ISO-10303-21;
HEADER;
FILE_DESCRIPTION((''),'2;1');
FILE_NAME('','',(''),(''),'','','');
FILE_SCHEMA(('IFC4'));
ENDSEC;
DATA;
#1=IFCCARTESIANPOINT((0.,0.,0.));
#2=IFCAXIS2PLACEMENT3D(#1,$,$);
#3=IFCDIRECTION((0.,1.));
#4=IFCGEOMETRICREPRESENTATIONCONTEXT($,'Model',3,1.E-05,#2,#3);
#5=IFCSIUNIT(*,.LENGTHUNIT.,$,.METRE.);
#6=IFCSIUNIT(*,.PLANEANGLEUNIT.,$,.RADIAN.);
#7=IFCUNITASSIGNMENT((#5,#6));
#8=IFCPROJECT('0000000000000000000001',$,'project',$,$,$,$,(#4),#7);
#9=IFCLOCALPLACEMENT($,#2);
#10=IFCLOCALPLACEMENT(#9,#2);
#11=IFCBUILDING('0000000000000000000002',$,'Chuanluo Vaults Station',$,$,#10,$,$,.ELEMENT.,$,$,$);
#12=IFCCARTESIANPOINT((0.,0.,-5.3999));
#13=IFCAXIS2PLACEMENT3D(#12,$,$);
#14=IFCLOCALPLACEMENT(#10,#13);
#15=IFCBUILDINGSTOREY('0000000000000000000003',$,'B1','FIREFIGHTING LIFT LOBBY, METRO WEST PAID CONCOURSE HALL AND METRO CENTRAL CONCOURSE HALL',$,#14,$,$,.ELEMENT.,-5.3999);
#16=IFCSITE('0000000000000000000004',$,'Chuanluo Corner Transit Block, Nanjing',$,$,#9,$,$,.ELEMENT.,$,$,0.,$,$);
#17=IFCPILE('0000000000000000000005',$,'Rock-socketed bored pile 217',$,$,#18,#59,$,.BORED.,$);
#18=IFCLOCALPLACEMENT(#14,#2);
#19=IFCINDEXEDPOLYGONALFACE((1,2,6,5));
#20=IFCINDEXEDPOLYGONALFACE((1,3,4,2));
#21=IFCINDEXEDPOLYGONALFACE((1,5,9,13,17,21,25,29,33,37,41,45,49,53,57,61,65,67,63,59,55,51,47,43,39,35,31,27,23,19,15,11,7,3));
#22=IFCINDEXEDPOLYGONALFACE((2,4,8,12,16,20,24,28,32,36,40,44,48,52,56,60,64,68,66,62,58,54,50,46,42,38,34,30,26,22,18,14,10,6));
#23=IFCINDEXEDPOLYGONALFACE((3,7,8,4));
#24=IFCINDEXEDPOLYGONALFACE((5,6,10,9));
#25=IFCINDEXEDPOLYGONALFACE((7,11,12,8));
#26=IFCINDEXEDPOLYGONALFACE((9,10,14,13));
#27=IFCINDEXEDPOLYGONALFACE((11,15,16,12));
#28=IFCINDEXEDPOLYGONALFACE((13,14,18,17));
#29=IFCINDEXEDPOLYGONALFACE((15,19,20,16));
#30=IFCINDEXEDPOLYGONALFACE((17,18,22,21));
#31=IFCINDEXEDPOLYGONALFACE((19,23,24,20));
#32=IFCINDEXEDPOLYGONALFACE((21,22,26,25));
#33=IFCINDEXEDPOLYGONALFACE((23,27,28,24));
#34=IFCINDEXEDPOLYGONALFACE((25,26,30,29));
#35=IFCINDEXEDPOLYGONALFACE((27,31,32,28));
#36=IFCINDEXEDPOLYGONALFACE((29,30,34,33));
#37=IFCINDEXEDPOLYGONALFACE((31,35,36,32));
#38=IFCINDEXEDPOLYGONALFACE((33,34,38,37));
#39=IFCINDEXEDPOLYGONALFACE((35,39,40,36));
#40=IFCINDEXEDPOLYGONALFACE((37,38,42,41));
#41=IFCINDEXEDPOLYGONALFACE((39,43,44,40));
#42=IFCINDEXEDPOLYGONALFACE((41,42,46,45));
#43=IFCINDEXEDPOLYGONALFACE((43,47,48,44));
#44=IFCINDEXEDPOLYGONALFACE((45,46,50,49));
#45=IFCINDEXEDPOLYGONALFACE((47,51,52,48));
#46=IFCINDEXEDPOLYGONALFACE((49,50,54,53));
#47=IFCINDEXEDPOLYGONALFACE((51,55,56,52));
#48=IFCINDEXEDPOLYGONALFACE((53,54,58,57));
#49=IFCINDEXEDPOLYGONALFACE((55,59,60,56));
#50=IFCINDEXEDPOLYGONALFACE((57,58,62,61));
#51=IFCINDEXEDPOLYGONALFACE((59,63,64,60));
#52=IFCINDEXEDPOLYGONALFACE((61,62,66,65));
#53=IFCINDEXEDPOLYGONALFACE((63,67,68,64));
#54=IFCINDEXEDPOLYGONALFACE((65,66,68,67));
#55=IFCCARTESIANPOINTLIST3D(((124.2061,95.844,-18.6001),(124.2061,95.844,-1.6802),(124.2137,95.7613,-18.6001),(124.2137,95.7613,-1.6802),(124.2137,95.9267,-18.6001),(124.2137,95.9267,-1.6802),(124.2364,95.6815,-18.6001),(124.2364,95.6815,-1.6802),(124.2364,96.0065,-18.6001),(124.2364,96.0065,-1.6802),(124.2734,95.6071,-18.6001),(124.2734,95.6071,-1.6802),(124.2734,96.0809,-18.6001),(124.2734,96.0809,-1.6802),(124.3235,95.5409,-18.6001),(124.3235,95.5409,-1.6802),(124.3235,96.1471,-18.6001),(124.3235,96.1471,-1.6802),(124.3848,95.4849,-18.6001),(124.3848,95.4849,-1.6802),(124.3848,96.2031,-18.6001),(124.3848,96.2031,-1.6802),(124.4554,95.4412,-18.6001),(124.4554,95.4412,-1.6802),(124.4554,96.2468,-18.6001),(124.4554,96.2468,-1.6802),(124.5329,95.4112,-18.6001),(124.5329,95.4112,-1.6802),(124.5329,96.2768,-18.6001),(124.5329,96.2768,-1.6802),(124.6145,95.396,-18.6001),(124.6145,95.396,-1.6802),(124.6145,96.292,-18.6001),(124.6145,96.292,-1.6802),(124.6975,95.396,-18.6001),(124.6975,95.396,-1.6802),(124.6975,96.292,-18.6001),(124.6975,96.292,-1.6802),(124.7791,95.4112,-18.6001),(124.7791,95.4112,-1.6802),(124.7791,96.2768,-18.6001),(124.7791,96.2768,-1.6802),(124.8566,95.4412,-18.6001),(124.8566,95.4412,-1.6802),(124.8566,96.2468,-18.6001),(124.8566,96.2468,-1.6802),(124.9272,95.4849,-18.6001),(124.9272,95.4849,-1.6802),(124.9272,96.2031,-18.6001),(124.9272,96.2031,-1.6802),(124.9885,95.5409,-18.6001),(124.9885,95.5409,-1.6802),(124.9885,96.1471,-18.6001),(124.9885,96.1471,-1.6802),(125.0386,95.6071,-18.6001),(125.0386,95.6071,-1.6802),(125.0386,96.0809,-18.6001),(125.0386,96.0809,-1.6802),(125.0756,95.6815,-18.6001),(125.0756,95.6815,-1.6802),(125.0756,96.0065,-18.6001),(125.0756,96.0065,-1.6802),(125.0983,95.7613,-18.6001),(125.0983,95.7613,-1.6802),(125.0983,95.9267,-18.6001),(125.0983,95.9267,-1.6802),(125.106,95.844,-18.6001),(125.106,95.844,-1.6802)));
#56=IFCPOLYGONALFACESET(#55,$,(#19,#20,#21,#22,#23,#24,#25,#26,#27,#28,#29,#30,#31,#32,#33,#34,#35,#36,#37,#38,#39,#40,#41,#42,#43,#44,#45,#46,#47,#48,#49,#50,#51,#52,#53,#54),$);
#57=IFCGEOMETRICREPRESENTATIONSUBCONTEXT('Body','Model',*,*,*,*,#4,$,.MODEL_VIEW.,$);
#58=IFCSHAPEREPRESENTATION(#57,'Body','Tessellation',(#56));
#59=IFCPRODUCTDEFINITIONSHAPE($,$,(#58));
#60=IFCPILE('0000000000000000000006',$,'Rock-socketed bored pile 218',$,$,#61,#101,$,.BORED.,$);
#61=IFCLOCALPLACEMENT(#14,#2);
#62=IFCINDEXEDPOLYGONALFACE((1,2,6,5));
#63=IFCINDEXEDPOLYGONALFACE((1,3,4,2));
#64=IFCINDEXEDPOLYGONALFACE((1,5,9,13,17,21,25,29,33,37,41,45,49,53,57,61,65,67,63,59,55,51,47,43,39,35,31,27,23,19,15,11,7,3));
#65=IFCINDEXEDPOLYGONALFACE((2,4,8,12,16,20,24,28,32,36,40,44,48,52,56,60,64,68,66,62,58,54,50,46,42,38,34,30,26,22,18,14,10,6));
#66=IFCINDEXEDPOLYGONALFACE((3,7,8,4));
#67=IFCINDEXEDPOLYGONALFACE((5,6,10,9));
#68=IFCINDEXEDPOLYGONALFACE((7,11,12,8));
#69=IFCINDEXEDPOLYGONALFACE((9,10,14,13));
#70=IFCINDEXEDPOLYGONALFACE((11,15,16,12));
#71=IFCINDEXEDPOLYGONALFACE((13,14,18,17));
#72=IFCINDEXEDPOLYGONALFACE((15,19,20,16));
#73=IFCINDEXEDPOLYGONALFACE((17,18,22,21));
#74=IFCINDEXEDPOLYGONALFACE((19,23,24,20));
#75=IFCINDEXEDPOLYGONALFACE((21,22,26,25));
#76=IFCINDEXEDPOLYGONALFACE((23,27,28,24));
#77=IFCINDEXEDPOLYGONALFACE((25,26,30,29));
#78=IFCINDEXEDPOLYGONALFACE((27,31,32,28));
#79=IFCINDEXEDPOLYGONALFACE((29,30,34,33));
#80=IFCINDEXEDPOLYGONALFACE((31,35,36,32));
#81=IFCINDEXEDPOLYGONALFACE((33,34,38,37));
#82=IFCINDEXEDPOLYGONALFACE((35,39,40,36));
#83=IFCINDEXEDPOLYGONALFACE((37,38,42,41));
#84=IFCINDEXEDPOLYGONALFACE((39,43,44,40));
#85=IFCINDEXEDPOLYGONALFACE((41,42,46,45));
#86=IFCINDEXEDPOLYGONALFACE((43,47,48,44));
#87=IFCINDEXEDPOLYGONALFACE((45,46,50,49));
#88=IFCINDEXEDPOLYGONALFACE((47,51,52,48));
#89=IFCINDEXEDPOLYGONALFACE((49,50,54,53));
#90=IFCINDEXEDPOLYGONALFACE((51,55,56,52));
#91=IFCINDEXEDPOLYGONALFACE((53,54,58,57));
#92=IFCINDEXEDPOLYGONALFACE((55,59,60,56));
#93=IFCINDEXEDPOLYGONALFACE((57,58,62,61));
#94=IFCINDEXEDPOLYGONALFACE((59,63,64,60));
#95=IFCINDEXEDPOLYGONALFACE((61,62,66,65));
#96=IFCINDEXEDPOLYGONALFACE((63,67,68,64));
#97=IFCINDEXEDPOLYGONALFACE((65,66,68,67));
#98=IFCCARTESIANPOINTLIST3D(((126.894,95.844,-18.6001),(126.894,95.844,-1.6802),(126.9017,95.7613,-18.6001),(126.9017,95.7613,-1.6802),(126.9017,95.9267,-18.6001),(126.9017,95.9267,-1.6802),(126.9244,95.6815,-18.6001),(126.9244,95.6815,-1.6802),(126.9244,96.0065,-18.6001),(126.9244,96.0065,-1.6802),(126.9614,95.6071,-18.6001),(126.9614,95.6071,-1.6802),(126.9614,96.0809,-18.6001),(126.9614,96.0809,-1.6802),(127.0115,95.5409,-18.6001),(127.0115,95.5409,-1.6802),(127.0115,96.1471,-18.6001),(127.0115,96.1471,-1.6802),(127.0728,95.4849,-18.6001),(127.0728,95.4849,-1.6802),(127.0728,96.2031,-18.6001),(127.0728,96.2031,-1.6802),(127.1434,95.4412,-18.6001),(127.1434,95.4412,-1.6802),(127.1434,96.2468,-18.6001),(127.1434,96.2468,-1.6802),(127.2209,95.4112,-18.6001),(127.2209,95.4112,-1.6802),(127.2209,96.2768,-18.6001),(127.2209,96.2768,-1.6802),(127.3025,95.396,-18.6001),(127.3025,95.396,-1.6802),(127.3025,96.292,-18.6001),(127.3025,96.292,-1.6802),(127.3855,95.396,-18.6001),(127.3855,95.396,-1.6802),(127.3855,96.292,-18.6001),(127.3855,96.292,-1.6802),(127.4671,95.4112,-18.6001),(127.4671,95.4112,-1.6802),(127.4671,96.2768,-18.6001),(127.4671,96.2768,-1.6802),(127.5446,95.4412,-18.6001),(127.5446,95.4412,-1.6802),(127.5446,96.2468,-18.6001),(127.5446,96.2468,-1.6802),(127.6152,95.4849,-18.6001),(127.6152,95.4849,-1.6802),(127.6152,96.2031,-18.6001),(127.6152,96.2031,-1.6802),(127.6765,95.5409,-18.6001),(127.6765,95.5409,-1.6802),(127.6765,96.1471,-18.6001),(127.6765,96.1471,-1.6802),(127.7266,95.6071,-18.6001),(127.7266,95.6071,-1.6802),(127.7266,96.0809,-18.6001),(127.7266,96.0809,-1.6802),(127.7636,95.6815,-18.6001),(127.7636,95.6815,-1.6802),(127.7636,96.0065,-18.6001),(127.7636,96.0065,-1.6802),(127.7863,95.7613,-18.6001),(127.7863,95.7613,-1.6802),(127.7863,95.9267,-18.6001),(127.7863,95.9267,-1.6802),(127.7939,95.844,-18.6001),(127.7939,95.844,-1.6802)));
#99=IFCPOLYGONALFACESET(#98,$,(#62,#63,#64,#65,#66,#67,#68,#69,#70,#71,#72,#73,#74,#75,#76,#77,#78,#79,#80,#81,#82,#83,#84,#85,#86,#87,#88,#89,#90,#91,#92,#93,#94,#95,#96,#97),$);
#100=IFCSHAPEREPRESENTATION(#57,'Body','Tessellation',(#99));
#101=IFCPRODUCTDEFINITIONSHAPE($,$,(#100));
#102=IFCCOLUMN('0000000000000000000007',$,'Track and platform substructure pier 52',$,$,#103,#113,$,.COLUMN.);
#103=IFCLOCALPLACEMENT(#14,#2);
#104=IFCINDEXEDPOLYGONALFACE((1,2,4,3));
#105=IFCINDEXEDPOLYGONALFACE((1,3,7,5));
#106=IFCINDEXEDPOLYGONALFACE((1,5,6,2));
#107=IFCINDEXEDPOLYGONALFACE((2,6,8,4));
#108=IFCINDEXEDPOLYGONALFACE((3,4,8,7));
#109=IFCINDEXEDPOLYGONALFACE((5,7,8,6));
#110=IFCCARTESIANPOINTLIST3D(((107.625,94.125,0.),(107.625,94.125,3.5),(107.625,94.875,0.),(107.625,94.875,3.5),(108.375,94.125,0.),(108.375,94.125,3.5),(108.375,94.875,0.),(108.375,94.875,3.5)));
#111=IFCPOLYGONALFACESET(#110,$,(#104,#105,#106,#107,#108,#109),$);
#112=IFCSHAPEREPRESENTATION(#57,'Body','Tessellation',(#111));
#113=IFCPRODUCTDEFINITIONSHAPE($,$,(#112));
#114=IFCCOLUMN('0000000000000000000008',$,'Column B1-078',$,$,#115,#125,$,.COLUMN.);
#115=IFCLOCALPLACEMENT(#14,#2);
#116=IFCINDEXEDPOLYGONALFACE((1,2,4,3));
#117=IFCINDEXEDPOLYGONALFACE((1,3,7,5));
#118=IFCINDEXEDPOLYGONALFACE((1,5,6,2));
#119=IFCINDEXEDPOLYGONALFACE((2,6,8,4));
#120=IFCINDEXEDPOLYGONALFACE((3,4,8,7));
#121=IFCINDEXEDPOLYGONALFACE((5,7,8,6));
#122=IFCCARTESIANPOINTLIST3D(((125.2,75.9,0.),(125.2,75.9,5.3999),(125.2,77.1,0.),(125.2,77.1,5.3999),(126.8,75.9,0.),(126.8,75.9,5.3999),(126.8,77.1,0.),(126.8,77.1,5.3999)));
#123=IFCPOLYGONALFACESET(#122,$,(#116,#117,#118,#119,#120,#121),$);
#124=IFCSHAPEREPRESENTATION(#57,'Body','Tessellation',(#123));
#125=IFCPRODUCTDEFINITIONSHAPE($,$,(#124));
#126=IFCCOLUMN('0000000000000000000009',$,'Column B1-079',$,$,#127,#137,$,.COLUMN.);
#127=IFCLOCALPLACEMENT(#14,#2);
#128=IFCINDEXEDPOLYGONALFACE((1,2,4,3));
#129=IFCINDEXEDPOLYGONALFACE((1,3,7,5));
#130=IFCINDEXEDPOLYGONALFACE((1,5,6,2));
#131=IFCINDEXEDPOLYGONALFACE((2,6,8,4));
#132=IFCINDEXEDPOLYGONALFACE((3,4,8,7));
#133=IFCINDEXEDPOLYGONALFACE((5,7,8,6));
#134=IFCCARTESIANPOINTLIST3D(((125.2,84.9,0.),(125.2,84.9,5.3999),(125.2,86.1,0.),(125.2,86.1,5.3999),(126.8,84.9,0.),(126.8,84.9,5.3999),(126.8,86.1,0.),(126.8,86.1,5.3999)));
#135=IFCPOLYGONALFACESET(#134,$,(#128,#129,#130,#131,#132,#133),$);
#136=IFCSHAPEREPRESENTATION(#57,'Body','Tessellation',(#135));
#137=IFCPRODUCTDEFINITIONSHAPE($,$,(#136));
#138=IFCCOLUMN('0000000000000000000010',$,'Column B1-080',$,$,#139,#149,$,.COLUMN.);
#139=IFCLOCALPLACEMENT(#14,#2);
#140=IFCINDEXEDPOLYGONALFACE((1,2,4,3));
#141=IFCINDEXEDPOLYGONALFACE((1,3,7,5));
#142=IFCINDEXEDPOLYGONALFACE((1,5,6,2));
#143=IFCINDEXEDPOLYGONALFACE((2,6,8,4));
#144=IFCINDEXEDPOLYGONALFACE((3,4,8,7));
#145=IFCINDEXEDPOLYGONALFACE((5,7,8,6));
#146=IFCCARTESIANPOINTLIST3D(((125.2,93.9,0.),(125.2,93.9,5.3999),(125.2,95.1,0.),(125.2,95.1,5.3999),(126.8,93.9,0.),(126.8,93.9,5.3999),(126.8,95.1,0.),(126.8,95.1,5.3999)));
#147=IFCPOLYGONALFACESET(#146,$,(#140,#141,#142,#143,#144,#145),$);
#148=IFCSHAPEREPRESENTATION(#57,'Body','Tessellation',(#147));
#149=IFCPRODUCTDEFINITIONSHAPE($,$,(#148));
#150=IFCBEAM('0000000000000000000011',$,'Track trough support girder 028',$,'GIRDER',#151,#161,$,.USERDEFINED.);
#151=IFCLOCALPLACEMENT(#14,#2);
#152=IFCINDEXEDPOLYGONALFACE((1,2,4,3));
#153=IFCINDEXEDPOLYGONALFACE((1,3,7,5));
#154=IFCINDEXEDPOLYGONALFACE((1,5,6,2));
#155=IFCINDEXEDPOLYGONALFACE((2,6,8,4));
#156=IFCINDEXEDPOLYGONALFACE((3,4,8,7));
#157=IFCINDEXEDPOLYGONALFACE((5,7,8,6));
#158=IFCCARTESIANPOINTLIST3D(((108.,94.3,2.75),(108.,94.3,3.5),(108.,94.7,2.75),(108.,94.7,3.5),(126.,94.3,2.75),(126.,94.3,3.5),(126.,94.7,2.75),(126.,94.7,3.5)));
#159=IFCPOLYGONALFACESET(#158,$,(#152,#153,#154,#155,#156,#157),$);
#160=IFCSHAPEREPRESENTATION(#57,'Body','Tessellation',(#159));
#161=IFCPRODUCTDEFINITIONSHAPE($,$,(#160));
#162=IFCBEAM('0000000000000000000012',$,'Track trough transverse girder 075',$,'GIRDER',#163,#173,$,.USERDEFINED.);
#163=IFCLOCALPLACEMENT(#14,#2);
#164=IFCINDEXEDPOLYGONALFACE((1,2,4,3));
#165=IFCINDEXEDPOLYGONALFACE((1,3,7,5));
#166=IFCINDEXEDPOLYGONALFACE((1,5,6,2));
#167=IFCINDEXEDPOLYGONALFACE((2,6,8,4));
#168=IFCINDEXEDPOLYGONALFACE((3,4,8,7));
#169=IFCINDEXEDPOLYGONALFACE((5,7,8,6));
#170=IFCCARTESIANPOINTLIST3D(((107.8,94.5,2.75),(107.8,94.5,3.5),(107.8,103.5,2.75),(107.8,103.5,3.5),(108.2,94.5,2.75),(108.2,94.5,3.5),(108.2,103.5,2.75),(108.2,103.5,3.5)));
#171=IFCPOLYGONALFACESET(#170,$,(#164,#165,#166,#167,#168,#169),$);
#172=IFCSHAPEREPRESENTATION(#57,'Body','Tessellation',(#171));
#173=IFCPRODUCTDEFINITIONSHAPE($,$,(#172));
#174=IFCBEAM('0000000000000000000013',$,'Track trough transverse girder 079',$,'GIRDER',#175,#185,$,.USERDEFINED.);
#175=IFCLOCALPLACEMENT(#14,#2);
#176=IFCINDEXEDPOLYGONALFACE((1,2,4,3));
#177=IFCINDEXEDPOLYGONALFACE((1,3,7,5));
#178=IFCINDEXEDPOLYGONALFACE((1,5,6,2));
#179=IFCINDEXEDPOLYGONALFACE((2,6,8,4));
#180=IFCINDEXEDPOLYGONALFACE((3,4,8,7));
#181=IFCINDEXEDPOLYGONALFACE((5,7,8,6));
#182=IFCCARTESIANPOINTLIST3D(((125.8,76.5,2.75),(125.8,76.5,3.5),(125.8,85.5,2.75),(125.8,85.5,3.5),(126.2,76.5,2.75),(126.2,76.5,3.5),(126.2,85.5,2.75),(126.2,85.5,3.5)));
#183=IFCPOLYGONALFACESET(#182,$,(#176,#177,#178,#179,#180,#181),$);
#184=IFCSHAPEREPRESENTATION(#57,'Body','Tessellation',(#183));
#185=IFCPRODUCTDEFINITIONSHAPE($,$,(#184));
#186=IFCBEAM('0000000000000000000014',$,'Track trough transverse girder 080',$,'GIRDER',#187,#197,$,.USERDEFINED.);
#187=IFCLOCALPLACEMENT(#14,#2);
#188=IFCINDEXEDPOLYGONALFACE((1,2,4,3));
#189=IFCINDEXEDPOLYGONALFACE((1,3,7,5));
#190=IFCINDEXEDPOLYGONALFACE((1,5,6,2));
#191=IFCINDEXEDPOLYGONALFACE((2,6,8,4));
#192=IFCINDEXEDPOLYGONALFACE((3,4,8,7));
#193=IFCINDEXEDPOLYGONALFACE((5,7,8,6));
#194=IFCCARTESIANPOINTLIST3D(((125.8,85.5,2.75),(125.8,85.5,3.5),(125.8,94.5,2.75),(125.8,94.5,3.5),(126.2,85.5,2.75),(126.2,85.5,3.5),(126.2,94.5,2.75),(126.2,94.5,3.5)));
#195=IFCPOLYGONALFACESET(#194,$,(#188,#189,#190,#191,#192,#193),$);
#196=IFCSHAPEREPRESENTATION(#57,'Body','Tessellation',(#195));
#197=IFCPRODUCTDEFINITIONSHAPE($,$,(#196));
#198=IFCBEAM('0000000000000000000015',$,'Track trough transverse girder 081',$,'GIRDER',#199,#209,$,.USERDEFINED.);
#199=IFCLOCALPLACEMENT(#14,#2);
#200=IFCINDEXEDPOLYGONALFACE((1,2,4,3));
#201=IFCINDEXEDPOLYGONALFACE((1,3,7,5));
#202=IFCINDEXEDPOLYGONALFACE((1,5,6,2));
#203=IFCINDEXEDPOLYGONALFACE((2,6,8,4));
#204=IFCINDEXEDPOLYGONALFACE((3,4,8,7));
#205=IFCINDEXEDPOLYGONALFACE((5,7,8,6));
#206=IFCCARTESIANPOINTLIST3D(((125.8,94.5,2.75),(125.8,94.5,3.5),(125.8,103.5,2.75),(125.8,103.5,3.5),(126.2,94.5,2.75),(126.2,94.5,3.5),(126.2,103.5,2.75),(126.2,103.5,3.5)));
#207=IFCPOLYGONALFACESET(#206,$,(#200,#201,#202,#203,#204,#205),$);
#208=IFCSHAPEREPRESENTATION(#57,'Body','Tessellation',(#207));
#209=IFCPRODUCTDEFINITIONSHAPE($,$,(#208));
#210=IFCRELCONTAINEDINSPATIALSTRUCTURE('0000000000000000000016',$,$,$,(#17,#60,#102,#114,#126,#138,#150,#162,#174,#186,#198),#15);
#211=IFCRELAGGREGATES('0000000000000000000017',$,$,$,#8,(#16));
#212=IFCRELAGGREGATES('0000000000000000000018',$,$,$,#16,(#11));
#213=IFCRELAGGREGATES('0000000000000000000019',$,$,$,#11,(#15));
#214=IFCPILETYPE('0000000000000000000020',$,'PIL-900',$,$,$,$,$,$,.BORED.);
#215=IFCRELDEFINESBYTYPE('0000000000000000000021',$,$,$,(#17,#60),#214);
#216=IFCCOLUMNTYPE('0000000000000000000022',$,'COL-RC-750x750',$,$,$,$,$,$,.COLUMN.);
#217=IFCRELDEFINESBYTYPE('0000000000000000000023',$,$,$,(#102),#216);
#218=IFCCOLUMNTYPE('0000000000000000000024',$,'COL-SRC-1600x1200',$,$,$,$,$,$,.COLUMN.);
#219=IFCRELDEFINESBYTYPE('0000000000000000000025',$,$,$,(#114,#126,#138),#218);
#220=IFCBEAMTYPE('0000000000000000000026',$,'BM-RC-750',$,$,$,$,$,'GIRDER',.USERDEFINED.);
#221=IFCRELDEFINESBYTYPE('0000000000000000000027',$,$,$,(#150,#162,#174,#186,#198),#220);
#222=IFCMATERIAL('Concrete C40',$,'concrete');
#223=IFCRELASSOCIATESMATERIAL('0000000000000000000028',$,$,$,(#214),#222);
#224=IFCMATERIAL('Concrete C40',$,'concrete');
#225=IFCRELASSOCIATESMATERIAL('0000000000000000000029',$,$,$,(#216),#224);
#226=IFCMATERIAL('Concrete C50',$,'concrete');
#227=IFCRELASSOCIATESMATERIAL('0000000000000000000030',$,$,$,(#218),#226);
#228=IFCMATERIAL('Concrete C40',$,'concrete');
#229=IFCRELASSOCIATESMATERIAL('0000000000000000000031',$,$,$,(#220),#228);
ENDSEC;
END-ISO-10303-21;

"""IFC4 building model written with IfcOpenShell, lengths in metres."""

from ifc_helpers import new_model, si_unit, direction, frame, origin, origin_2d, place, context, subcontext, project, spatial, rectangle, circle, extrude, material, material_profile, profile_set, type_object, element, save


model = new_model("IFC4")

# Units and contexts
model_context = context("Model", 3, precision=1e-05, world=origin(), true_north=direction((0.0, 1.0)))
body_context = subcontext(model_context, "Body", "Model", "MODEL_VIEW")
ifc_project = project(units=[si_unit("LENGTHUNIT", "METRE"), si_unit("PLANEANGLEUNIT", "RADIAN")], contexts=[model_context])

# Site, building, storey
site_placement = place(None, origin())
site = spatial("IfcSite", under=ifc_project, at=site_placement, Name="Chuanluo Corner Transit Block, Nanjing", CompositionType="ELEMENT", RefElevation=0.0)
building_placement = place(site_placement, origin())
building = spatial("IfcBuilding", under=site, at=building_placement, Name="Chuanluo Vaults Station", CompositionType="ELEMENT")
storey_placement = place(building_placement, frame((0.0, 0.0, -5.3999)))
storey = spatial("IfcBuildingStorey", under=building, at=storey_placement, Name="B1", Description="FIREFIGHTING LIFT LOBBY, METRO WEST PAID CONCOURSE HALL AND METRO CENTRAL CONCOURSE HALL", CompositionType="ELEMENT", Elevation=-5.3999)

# Piles
ifc_material_1 = material(Name="Concrete C40", Category="concrete")
ifc_material_profile_1 = material_profile(ifc_material_1, circle(Radius=0.45, at=origin_2d()))
ifc_profile_set_1 = profile_set([ifc_material_profile_1], Name="Concrete C40")
pile_type_1 = type_object("IfcPileType", Name="PIL-900", PredefinedType="BORED", material=ifc_profile_set_1)
for number, where, z_axis, x_axis, name in (
    (1, (124.656, 95.844, -1.6802), (0.0, 0.0, -1.0), (1.0, 0.0, 0.0), "Rock-socketed bored pile 217"),
    (2, (127.344, 95.844, -1.6802), (0.0, 0.0, -1.0), (1.0, 0.0, 0.0), "Rock-socketed bored pile 218"),
):
    element("IfcPile", number, at=place(storey_placement, frame(where, z_axis=z_axis, x_axis=x_axis)), inside=storey, type_object=pile_type_1, Name=name, PredefinedType="BORED", context=body_context, shape_type="SweptSolid", body=[
        extrude(circle(Radius=0.45, at=origin_2d()), origin(), (0.0, 0.0, 1.0), 16.9199),
    ])

# Columns
ifc_material_2 = material(Name="Concrete C40", Category="concrete")
ifc_material_profile_2 = material_profile(ifc_material_2, rectangle(XDim=0.75, YDim=0.75, at=origin_2d()))
ifc_profile_set_2 = profile_set([ifc_material_profile_2], Name="Concrete C40")
column_type_1 = type_object("IfcColumnType", Name="COL-RC-750x750", PredefinedType="COLUMN", material=ifc_profile_set_2)
column_placement = place(storey_placement, frame((108.0, 94.5, 0.0), z_axis=(0.0, 0.0, 1.0), x_axis=(1.0, 0.0, 0.0)))
element("IfcColumn", 3, at=column_placement, inside=storey, type_object=column_type_1, Name="Track and platform substructure pier 52", PredefinedType="COLUMN", context=body_context, shape_type="SweptSolid", body=[
    extrude(rectangle(XDim=0.75, YDim=0.75, at=origin_2d()), origin(), (0.0, 0.0, 1.0), 3.5),
])
ifc_material_3 = material(Name="Concrete C50", Category="concrete")
ifc_material_profile_3 = material_profile(ifc_material_3, rectangle(XDim=1.6001, YDim=1.2, at=origin_2d()))
ifc_profile_set_3 = profile_set([ifc_material_profile_3], Name="Concrete C50")
column_type_2 = type_object("IfcColumnType", Name="COL-SRC-1600x1200", PredefinedType="COLUMN", material=ifc_profile_set_3)
for number, where, z_axis, x_axis, name in (
    (4, (126.0, 76.5, 0.0), (0.0, 0.0, 1.0), (1.0, 0.0, 0.0), "Column B1-078"),
    (5, (126.0, 85.5, 0.0), (0.0, 0.0, 1.0), (1.0, 0.0, 0.0), "Column B1-079"),
    (6, (126.0, 94.5, 0.0), (0.0, 0.0, 1.0), (1.0, 0.0, 0.0), "Column B1-080"),
):
    element("IfcColumn", number, at=place(storey_placement, frame(where, z_axis=z_axis, x_axis=x_axis)), inside=storey, type_object=column_type_2, Name=name, PredefinedType="COLUMN", context=body_context, shape_type="SweptSolid", body=[
        extrude(rectangle(XDim=1.6001, YDim=1.2, at=origin_2d()), origin(), (0.0, 0.0, 1.0), 5.3999),
    ])

# Beams
ifc_material_4 = material(Name="Concrete C40", Category="concrete")
ifc_material_profile_4 = material_profile(ifc_material_4, rectangle(XDim=0.3999, YDim=0.75, at=origin_2d()))
ifc_profile_set_4 = profile_set([ifc_material_profile_4], Name="Concrete C40")
beam_type = type_object("IfcBeamType", Name="BM-RC-750", ElementType="GIRDER", PredefinedType="USERDEFINED", material=ifc_profile_set_4)
beam_placement = place(storey_placement, frame((108.0, 94.5, 3.125), z_axis=(1.0, 0.0, 0.0), x_axis=(0.0, 1.0, 0.0)))
element("IfcBeam", 7, at=beam_placement, inside=storey, type_object=beam_type, Name="Track trough support girder 028", ObjectType="GIRDER", PredefinedType="USERDEFINED", context=body_context, shape_type="SweptSolid", body=[
    extrude(rectangle(XDim=0.3999, YDim=0.75, at=origin_2d()), origin(), (0.0, 0.0, 1.0), 18.0),
])
for number, where, z_axis, x_axis, name in (
    (8, (108.0, 94.5, 3.125), (0.0, 1.0, 0.0), (-1.0, 0.0, 0.0), "Track trough transverse girder 075"),
    (9, (126.0, 76.5, 3.125), (0.0, 1.0, 0.0), (-1.0, 0.0, 0.0), "Track trough transverse girder 079"),
    (10, (126.0, 85.5, 3.125), (0.0, 1.0, 0.0), (-1.0, 0.0, 0.0), "Track trough transverse girder 080"),
    (11, (126.0, 94.5, 3.125), (0.0, 1.0, 0.0), (-1.0, 0.0, 0.0), "Track trough transverse girder 081"),
):
    element("IfcBeam", number, at=place(storey_placement, frame(where, z_axis=z_axis, x_axis=x_axis)), inside=storey, type_object=beam_type, Name=name, ObjectType="GIRDER", PredefinedType="USERDEFINED", context=body_context, shape_type="SweptSolid", body=[
        extrude(rectangle(XDim=0.3999, YDim=0.75, at=origin_2d()), origin(), (0.0, 0.0, 1.0), 9.0),
    ])

save(model, "model.ifc")
